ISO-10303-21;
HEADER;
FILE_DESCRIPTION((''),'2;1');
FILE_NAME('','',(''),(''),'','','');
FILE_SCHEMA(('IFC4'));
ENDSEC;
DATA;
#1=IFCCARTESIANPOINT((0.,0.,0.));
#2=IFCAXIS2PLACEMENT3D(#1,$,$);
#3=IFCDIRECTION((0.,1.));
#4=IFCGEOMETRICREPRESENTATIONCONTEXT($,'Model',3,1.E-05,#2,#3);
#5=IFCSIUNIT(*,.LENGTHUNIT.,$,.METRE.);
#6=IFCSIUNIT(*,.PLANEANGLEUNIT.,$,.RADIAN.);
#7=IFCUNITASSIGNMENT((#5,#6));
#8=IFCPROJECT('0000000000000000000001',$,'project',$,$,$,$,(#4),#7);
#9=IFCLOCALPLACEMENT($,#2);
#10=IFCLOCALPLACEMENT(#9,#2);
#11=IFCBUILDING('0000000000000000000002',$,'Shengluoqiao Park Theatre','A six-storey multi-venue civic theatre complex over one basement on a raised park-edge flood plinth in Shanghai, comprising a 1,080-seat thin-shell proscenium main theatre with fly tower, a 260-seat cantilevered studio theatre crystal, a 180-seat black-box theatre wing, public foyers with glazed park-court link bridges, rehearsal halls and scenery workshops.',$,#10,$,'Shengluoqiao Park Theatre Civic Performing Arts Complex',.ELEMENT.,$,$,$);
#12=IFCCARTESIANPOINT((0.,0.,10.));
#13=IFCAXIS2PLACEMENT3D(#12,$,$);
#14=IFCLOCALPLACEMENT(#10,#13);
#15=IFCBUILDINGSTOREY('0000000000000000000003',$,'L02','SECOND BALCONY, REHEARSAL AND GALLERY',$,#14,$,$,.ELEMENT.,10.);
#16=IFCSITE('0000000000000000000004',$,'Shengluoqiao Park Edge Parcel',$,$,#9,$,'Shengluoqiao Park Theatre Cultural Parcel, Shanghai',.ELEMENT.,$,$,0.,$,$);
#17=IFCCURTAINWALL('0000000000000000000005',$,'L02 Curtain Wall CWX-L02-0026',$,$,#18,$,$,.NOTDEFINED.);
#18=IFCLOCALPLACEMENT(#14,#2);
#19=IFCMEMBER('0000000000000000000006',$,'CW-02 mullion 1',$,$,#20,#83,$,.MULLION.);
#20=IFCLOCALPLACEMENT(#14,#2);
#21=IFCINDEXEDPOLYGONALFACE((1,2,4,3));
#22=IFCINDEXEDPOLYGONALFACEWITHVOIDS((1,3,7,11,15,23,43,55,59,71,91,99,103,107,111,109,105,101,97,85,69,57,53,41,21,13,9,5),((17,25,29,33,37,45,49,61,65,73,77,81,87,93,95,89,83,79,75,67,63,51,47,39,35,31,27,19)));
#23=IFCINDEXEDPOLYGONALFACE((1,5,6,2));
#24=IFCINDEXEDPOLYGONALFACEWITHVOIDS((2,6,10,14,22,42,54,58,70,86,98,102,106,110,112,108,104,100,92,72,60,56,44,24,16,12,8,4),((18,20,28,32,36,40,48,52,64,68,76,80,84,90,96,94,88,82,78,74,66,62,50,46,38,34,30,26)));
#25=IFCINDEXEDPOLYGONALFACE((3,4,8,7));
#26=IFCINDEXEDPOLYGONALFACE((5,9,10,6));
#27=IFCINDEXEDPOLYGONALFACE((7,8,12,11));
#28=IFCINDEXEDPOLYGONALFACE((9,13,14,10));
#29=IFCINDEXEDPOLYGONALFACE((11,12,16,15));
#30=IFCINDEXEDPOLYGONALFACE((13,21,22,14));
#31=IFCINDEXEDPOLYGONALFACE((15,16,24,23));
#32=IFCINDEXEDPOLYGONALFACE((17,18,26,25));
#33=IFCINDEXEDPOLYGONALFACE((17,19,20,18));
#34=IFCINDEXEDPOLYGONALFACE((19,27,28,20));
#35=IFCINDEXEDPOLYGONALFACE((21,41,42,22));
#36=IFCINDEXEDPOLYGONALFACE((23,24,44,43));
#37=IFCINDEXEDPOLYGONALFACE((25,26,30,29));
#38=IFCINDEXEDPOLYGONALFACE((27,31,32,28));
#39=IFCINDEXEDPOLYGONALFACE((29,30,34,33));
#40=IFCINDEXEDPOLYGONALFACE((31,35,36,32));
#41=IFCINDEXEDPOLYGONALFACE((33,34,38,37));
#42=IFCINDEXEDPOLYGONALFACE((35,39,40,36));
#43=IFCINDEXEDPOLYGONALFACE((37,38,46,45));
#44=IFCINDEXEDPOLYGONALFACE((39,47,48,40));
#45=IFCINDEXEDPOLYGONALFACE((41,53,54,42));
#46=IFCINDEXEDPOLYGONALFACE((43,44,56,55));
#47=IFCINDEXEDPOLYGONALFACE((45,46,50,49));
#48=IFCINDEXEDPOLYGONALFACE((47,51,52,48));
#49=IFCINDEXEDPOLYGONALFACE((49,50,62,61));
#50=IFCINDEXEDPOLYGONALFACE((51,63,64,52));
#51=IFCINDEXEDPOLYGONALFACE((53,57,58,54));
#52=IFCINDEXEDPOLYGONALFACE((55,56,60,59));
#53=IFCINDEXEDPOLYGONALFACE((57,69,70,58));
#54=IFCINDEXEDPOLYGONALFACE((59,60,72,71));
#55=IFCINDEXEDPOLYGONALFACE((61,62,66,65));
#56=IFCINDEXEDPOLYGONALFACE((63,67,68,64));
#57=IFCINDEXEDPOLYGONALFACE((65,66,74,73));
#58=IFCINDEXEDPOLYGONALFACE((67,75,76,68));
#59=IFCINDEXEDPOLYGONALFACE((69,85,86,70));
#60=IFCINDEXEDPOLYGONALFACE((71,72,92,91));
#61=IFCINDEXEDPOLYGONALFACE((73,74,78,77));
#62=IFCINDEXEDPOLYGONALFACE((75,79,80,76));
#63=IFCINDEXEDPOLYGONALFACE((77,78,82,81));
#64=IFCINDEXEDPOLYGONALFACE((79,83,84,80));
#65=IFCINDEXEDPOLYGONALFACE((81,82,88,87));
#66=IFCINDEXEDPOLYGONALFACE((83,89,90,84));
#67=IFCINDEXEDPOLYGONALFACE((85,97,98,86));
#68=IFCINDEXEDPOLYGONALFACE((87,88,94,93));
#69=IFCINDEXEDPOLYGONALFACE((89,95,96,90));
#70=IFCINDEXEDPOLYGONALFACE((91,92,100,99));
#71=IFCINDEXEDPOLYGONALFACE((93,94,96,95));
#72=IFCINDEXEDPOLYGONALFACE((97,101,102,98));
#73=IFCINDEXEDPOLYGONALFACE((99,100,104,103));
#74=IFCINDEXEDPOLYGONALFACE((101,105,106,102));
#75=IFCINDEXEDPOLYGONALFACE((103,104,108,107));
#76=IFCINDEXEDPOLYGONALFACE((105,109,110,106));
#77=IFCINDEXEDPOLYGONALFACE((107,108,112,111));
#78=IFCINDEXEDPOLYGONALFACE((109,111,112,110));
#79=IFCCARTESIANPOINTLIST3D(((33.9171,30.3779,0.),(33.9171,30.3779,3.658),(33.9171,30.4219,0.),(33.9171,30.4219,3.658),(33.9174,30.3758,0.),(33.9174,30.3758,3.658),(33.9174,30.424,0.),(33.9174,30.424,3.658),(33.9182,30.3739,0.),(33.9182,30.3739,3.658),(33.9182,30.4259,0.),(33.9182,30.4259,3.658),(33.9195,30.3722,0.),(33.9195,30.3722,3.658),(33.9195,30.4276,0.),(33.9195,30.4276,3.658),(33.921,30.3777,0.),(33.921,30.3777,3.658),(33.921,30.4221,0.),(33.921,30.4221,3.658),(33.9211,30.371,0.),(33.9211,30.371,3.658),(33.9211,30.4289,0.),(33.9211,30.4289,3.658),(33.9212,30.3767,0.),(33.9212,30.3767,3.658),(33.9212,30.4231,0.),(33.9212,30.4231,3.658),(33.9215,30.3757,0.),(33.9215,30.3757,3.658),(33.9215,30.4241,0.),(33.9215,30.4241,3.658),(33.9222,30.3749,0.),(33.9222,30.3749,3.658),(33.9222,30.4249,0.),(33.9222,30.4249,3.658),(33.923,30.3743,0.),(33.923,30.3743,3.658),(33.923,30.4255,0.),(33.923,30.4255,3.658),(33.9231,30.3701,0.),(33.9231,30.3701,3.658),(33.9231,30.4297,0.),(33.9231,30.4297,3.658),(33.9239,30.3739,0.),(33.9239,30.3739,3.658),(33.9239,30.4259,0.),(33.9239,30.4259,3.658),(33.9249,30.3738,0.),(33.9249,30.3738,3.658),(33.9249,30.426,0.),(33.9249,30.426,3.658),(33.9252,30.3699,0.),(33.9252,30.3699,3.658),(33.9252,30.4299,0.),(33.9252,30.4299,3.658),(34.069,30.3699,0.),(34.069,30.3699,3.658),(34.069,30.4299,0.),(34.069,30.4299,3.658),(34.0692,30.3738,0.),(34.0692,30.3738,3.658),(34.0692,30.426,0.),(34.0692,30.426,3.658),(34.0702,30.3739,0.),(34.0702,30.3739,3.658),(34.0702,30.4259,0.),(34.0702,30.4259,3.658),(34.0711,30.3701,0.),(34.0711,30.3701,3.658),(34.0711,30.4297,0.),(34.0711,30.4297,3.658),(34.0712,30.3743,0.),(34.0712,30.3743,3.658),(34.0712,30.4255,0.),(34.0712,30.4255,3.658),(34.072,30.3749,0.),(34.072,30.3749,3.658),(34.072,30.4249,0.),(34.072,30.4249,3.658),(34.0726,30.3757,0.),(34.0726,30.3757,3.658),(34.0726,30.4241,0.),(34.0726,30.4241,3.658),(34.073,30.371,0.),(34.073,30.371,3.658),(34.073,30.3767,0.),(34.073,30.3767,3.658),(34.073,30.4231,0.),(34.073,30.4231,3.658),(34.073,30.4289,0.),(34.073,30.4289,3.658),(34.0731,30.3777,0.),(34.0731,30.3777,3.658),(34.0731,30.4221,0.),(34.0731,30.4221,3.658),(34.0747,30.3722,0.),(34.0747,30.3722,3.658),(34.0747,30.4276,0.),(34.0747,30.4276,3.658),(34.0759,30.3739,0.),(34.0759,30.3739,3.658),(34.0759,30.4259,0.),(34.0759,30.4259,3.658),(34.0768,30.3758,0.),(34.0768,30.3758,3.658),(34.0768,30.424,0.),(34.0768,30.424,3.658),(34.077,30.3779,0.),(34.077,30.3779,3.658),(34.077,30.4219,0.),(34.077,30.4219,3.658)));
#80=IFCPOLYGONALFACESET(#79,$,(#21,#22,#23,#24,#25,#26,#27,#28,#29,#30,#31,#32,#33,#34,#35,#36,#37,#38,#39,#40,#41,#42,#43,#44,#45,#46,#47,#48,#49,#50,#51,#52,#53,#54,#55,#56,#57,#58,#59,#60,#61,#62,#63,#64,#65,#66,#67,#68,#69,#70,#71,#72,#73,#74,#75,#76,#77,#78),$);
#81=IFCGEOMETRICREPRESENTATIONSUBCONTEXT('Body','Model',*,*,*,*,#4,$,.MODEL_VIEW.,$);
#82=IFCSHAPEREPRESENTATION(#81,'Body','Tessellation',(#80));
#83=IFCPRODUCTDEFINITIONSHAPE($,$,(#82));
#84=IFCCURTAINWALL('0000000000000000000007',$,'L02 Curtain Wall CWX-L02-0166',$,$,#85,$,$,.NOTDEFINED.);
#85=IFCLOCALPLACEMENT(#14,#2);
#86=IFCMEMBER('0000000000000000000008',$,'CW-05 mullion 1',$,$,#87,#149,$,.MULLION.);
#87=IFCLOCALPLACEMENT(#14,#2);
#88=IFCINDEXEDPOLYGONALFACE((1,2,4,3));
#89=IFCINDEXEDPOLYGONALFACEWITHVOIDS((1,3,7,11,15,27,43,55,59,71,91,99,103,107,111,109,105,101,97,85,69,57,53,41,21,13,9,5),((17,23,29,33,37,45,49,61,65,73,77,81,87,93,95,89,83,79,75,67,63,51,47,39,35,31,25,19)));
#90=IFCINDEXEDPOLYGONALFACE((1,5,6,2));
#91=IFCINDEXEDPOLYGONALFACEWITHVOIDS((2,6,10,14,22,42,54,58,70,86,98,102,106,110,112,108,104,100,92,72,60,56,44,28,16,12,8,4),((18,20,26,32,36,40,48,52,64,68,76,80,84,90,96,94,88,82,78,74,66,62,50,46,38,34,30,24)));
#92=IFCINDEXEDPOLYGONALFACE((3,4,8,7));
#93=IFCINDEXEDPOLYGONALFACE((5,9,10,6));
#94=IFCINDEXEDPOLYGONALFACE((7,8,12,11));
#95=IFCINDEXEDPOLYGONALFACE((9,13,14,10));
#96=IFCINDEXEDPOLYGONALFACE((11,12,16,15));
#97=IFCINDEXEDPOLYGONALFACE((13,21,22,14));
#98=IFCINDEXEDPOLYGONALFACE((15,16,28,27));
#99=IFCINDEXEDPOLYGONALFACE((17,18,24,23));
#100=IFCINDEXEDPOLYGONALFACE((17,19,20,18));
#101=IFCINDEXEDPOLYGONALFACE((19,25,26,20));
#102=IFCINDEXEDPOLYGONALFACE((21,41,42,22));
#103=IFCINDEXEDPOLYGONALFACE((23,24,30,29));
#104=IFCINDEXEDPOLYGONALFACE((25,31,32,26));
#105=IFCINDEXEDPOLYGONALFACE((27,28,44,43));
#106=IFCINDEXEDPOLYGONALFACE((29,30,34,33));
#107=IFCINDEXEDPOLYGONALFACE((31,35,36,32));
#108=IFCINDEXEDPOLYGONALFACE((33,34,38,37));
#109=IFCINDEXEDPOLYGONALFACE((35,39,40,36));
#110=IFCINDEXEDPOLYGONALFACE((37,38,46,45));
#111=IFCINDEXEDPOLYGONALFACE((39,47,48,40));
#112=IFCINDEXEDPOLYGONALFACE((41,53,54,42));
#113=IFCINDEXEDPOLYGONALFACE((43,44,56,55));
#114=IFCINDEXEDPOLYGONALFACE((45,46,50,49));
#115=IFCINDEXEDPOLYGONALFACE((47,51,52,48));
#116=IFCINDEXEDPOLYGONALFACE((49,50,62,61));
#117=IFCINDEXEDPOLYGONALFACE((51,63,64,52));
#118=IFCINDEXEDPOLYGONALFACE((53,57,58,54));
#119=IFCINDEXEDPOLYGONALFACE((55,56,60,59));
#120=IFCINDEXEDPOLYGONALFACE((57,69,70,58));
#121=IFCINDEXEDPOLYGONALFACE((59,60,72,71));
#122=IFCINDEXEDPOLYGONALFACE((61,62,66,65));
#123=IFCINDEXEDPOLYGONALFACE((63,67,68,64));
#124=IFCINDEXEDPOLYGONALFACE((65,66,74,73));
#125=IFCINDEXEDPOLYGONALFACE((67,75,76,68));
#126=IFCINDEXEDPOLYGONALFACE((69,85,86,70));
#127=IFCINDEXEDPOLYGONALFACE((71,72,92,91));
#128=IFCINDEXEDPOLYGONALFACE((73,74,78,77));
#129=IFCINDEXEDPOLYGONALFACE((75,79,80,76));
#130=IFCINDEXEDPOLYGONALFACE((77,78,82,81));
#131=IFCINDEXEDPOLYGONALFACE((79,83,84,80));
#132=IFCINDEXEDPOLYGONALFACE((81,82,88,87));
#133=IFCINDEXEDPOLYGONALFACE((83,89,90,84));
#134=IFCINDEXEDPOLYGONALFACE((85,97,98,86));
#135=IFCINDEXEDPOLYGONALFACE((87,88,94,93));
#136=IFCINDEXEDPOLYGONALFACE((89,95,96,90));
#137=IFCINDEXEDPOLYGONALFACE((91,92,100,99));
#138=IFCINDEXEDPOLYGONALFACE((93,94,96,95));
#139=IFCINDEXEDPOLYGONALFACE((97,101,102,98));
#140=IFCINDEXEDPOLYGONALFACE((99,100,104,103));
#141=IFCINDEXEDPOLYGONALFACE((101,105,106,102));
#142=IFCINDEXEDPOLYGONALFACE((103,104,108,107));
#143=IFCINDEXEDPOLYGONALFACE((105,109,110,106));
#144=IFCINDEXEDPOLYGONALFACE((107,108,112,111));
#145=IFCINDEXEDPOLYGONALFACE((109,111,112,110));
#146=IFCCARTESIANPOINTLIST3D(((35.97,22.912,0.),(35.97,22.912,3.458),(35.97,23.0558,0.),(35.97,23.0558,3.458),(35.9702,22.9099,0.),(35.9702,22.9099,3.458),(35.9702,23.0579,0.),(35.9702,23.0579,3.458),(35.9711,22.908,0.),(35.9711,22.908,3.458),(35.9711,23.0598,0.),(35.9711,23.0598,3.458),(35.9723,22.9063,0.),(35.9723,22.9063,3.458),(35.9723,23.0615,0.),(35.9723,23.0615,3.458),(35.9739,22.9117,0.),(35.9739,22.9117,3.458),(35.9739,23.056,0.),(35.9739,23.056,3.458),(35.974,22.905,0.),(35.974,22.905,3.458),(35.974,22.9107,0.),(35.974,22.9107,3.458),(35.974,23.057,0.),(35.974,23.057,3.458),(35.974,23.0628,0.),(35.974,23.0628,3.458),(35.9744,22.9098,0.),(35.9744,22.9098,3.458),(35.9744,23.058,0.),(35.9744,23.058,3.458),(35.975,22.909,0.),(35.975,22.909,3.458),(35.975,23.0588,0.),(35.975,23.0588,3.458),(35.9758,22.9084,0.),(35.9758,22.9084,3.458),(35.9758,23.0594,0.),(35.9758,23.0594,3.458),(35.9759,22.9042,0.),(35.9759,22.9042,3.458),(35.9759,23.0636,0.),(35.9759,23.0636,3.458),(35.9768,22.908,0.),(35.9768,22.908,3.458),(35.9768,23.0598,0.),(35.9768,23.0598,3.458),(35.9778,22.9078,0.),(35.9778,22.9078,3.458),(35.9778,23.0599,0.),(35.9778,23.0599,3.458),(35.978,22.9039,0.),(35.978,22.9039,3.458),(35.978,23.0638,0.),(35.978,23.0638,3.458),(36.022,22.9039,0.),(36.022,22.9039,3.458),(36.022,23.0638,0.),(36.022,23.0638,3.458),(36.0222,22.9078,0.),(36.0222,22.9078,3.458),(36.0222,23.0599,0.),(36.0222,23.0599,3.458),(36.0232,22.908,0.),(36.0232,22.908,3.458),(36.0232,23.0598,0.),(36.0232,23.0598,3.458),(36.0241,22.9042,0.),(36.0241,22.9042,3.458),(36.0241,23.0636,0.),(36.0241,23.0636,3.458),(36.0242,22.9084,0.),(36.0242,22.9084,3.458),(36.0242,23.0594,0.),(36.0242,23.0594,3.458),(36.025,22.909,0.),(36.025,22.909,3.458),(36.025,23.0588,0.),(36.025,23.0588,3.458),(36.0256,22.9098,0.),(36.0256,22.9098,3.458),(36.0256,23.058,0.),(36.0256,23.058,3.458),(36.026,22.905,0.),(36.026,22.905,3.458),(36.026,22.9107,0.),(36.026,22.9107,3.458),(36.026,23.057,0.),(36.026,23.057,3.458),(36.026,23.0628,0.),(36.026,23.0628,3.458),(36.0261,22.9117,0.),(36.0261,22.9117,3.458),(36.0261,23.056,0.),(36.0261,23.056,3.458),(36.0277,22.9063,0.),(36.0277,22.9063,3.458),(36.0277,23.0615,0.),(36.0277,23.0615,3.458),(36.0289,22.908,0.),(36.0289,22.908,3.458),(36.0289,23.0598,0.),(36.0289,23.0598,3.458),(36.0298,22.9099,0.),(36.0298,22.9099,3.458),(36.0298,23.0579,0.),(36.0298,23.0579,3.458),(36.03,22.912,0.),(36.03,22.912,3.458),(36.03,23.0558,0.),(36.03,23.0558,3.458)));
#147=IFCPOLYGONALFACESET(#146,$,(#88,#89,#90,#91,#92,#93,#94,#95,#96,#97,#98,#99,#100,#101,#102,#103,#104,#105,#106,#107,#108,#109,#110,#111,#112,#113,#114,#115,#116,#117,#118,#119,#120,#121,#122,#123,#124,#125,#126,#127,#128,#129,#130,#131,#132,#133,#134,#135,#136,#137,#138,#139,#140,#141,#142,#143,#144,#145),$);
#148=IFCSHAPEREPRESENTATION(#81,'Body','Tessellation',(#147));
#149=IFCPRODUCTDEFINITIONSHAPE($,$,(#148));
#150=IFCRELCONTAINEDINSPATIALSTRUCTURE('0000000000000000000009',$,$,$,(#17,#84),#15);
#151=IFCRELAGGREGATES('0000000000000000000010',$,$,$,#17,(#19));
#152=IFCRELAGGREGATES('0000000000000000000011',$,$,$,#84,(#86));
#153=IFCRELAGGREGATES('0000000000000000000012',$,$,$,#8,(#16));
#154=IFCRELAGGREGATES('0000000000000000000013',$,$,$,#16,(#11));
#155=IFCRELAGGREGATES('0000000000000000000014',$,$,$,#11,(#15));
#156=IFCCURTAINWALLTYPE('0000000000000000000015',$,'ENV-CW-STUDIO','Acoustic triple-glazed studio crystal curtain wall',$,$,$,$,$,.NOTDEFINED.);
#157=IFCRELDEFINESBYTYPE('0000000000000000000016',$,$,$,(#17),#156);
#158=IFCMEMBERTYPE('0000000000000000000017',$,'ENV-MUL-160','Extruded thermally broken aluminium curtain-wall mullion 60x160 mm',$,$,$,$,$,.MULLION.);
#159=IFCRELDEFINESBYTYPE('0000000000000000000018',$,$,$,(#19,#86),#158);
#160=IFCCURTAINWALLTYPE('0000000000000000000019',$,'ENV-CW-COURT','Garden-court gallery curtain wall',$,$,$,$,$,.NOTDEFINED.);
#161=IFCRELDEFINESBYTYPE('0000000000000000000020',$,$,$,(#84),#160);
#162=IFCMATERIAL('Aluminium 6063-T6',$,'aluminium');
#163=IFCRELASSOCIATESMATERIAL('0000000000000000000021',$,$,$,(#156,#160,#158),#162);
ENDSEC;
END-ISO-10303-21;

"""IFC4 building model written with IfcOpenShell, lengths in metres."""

from ifc_helpers import new_model, si_unit, direction, frame, origin, origin_2d, place, context, subcontext, project, spatial, hollow_rectangle, extrude, material, material_profile, profile_set, type_object, element, aggregate, save


model = new_model("IFC4")

# Units and contexts
model_context = context("Model", 3, precision=1e-05, world=origin(), true_north=direction((0.0, 1.0)))
body_context = subcontext(model_context, "Body", "Model", "MODEL_VIEW")
ifc_project = project(units=[si_unit("LENGTHUNIT", "METRE"), si_unit("PLANEANGLEUNIT", "RADIAN")], contexts=[model_context])

# Site, building, storey
site_placement = place(None, origin())
site = spatial("IfcSite", under=ifc_project, at=site_placement, Name="Shengluoqiao Park Edge Parcel", LongName="Shengluoqiao Park Theatre Cultural Parcel, Shanghai", CompositionType="ELEMENT", RefElevation=0.0)
building_placement = place(site_placement, origin())
building = spatial("IfcBuilding", under=site, at=building_placement, Name="Shengluoqiao Park Theatre", Description="A six-storey multi-venue civic theatre complex over one basement on a raised park-edge flood plinth in Shanghai, comprising a 1,080-seat thin-shell proscenium main theatre with fly tower, a 260-seat cantilevered studio theatre crystal, a 180-seat black-box theatre wing, public foyers with glazed park-court link bridges, rehearsal halls and scenery workshops.", LongName="Shengluoqiao Park Theatre Civic Performing Arts Complex", CompositionType="ELEMENT")
storey_placement = place(building_placement, frame((0.0, 0.0, 10.0)))
storey = spatial("IfcBuildingStorey", under=building, at=storey_placement, Name="L02", Description="SECOND BALCONY, REHEARSAL AND GALLERY", CompositionType="ELEMENT", Elevation=10.0)

# Curtain wall, member
ifc_material_1 = material(Name="Aluminium 6063-T6", Category="aluminium")
curtain_wall_type_1 = type_object("IfcCurtainWallType", Name="ENV-CW-STUDIO", Description="Acoustic triple-glazed studio crystal curtain wall", PredefinedType="NOTDEFINED", material=ifc_material_1)
curtain_wall_1_placement = place(storey_placement, origin())
curtain_wall_1 = element("IfcCurtainWall", 1, at=curtain_wall_1_placement, inside=storey, type_object=curtain_wall_type_1, Name="L02 Curtain Wall CWX-L02-0026", PredefinedType="NOTDEFINED")
ifc_material_profile_1 = material_profile(ifc_material_1, hollow_rectangle(XDim=0.0601, YDim=0.1599, WallThickness=0.0039, InnerFilletRadius=0.0039, OuterFilletRadius=0.0081, at=origin_2d()), Name="ALU MULLION 160x60x4")
ifc_profile_set_1 = profile_set([ifc_material_profile_1], Name="Aluminium 6063-T6")
member_type_1 = type_object("IfcMemberType", Name="ENV-MUL-160", Description="Extruded thermally broken aluminium curtain-wall mullion 60x160 mm", PredefinedType="MULLION", material=ifc_profile_set_1)
member_1_placement = place(storey_placement, frame((33.9971, 30.3999, 0.0), z_axis=(0.0, 0.0, 1.0), x_axis=(0.0, 1.0, 0.0)))
member_1 = element("IfcMember", 2, at=member_1_placement, type_object=member_type_1, Name="CW-02 mullion 1", PredefinedType="MULLION", context=body_context, shape_type="SweptSolid", body=[
    extrude(hollow_rectangle(XDim=0.0601, YDim=0.1599, WallThickness=0.0039, InnerFilletRadius=0.0039, OuterFilletRadius=0.0081, at=origin_2d()), origin(), (0.0, 0.0, 1.0), 3.658),
])

# Curtain wall, member
curtain_wall_type_2 = type_object("IfcCurtainWallType", Name="ENV-CW-COURT", Description="Garden-court gallery curtain wall", PredefinedType="NOTDEFINED", material=ifc_material_1)
curtain_wall_2_placement = place(storey_placement, origin())
curtain_wall_2 = element("IfcCurtainWall", 3, at=curtain_wall_2_placement, inside=storey, type_object=curtain_wall_type_2, Name="L02 Curtain Wall CWX-L02-0166", PredefinedType="NOTDEFINED")
member_2_placement = place(storey_placement, frame((36.0, 22.9839, 0.0), z_axis=(0.0, 0.0, 1.0), x_axis=(-1.0, 0.0, 0.0)))
member_2 = element("IfcMember", 4, at=member_2_placement, type_object=member_type_1, Name="CW-05 mullion 1", PredefinedType="MULLION", context=body_context, shape_type="SweptSolid", body=[
    extrude(hollow_rectangle(XDim=0.0601, YDim=0.1599, WallThickness=0.0039, InnerFilletRadius=0.0039, OuterFilletRadius=0.0081, at=origin_2d()), origin(), (0.0, 0.0, 1.0), 3.458),
])

aggregate(curtain_wall_1, [member_1])

aggregate(curtain_wall_2, [member_2])

save(model, "model.ifc")
